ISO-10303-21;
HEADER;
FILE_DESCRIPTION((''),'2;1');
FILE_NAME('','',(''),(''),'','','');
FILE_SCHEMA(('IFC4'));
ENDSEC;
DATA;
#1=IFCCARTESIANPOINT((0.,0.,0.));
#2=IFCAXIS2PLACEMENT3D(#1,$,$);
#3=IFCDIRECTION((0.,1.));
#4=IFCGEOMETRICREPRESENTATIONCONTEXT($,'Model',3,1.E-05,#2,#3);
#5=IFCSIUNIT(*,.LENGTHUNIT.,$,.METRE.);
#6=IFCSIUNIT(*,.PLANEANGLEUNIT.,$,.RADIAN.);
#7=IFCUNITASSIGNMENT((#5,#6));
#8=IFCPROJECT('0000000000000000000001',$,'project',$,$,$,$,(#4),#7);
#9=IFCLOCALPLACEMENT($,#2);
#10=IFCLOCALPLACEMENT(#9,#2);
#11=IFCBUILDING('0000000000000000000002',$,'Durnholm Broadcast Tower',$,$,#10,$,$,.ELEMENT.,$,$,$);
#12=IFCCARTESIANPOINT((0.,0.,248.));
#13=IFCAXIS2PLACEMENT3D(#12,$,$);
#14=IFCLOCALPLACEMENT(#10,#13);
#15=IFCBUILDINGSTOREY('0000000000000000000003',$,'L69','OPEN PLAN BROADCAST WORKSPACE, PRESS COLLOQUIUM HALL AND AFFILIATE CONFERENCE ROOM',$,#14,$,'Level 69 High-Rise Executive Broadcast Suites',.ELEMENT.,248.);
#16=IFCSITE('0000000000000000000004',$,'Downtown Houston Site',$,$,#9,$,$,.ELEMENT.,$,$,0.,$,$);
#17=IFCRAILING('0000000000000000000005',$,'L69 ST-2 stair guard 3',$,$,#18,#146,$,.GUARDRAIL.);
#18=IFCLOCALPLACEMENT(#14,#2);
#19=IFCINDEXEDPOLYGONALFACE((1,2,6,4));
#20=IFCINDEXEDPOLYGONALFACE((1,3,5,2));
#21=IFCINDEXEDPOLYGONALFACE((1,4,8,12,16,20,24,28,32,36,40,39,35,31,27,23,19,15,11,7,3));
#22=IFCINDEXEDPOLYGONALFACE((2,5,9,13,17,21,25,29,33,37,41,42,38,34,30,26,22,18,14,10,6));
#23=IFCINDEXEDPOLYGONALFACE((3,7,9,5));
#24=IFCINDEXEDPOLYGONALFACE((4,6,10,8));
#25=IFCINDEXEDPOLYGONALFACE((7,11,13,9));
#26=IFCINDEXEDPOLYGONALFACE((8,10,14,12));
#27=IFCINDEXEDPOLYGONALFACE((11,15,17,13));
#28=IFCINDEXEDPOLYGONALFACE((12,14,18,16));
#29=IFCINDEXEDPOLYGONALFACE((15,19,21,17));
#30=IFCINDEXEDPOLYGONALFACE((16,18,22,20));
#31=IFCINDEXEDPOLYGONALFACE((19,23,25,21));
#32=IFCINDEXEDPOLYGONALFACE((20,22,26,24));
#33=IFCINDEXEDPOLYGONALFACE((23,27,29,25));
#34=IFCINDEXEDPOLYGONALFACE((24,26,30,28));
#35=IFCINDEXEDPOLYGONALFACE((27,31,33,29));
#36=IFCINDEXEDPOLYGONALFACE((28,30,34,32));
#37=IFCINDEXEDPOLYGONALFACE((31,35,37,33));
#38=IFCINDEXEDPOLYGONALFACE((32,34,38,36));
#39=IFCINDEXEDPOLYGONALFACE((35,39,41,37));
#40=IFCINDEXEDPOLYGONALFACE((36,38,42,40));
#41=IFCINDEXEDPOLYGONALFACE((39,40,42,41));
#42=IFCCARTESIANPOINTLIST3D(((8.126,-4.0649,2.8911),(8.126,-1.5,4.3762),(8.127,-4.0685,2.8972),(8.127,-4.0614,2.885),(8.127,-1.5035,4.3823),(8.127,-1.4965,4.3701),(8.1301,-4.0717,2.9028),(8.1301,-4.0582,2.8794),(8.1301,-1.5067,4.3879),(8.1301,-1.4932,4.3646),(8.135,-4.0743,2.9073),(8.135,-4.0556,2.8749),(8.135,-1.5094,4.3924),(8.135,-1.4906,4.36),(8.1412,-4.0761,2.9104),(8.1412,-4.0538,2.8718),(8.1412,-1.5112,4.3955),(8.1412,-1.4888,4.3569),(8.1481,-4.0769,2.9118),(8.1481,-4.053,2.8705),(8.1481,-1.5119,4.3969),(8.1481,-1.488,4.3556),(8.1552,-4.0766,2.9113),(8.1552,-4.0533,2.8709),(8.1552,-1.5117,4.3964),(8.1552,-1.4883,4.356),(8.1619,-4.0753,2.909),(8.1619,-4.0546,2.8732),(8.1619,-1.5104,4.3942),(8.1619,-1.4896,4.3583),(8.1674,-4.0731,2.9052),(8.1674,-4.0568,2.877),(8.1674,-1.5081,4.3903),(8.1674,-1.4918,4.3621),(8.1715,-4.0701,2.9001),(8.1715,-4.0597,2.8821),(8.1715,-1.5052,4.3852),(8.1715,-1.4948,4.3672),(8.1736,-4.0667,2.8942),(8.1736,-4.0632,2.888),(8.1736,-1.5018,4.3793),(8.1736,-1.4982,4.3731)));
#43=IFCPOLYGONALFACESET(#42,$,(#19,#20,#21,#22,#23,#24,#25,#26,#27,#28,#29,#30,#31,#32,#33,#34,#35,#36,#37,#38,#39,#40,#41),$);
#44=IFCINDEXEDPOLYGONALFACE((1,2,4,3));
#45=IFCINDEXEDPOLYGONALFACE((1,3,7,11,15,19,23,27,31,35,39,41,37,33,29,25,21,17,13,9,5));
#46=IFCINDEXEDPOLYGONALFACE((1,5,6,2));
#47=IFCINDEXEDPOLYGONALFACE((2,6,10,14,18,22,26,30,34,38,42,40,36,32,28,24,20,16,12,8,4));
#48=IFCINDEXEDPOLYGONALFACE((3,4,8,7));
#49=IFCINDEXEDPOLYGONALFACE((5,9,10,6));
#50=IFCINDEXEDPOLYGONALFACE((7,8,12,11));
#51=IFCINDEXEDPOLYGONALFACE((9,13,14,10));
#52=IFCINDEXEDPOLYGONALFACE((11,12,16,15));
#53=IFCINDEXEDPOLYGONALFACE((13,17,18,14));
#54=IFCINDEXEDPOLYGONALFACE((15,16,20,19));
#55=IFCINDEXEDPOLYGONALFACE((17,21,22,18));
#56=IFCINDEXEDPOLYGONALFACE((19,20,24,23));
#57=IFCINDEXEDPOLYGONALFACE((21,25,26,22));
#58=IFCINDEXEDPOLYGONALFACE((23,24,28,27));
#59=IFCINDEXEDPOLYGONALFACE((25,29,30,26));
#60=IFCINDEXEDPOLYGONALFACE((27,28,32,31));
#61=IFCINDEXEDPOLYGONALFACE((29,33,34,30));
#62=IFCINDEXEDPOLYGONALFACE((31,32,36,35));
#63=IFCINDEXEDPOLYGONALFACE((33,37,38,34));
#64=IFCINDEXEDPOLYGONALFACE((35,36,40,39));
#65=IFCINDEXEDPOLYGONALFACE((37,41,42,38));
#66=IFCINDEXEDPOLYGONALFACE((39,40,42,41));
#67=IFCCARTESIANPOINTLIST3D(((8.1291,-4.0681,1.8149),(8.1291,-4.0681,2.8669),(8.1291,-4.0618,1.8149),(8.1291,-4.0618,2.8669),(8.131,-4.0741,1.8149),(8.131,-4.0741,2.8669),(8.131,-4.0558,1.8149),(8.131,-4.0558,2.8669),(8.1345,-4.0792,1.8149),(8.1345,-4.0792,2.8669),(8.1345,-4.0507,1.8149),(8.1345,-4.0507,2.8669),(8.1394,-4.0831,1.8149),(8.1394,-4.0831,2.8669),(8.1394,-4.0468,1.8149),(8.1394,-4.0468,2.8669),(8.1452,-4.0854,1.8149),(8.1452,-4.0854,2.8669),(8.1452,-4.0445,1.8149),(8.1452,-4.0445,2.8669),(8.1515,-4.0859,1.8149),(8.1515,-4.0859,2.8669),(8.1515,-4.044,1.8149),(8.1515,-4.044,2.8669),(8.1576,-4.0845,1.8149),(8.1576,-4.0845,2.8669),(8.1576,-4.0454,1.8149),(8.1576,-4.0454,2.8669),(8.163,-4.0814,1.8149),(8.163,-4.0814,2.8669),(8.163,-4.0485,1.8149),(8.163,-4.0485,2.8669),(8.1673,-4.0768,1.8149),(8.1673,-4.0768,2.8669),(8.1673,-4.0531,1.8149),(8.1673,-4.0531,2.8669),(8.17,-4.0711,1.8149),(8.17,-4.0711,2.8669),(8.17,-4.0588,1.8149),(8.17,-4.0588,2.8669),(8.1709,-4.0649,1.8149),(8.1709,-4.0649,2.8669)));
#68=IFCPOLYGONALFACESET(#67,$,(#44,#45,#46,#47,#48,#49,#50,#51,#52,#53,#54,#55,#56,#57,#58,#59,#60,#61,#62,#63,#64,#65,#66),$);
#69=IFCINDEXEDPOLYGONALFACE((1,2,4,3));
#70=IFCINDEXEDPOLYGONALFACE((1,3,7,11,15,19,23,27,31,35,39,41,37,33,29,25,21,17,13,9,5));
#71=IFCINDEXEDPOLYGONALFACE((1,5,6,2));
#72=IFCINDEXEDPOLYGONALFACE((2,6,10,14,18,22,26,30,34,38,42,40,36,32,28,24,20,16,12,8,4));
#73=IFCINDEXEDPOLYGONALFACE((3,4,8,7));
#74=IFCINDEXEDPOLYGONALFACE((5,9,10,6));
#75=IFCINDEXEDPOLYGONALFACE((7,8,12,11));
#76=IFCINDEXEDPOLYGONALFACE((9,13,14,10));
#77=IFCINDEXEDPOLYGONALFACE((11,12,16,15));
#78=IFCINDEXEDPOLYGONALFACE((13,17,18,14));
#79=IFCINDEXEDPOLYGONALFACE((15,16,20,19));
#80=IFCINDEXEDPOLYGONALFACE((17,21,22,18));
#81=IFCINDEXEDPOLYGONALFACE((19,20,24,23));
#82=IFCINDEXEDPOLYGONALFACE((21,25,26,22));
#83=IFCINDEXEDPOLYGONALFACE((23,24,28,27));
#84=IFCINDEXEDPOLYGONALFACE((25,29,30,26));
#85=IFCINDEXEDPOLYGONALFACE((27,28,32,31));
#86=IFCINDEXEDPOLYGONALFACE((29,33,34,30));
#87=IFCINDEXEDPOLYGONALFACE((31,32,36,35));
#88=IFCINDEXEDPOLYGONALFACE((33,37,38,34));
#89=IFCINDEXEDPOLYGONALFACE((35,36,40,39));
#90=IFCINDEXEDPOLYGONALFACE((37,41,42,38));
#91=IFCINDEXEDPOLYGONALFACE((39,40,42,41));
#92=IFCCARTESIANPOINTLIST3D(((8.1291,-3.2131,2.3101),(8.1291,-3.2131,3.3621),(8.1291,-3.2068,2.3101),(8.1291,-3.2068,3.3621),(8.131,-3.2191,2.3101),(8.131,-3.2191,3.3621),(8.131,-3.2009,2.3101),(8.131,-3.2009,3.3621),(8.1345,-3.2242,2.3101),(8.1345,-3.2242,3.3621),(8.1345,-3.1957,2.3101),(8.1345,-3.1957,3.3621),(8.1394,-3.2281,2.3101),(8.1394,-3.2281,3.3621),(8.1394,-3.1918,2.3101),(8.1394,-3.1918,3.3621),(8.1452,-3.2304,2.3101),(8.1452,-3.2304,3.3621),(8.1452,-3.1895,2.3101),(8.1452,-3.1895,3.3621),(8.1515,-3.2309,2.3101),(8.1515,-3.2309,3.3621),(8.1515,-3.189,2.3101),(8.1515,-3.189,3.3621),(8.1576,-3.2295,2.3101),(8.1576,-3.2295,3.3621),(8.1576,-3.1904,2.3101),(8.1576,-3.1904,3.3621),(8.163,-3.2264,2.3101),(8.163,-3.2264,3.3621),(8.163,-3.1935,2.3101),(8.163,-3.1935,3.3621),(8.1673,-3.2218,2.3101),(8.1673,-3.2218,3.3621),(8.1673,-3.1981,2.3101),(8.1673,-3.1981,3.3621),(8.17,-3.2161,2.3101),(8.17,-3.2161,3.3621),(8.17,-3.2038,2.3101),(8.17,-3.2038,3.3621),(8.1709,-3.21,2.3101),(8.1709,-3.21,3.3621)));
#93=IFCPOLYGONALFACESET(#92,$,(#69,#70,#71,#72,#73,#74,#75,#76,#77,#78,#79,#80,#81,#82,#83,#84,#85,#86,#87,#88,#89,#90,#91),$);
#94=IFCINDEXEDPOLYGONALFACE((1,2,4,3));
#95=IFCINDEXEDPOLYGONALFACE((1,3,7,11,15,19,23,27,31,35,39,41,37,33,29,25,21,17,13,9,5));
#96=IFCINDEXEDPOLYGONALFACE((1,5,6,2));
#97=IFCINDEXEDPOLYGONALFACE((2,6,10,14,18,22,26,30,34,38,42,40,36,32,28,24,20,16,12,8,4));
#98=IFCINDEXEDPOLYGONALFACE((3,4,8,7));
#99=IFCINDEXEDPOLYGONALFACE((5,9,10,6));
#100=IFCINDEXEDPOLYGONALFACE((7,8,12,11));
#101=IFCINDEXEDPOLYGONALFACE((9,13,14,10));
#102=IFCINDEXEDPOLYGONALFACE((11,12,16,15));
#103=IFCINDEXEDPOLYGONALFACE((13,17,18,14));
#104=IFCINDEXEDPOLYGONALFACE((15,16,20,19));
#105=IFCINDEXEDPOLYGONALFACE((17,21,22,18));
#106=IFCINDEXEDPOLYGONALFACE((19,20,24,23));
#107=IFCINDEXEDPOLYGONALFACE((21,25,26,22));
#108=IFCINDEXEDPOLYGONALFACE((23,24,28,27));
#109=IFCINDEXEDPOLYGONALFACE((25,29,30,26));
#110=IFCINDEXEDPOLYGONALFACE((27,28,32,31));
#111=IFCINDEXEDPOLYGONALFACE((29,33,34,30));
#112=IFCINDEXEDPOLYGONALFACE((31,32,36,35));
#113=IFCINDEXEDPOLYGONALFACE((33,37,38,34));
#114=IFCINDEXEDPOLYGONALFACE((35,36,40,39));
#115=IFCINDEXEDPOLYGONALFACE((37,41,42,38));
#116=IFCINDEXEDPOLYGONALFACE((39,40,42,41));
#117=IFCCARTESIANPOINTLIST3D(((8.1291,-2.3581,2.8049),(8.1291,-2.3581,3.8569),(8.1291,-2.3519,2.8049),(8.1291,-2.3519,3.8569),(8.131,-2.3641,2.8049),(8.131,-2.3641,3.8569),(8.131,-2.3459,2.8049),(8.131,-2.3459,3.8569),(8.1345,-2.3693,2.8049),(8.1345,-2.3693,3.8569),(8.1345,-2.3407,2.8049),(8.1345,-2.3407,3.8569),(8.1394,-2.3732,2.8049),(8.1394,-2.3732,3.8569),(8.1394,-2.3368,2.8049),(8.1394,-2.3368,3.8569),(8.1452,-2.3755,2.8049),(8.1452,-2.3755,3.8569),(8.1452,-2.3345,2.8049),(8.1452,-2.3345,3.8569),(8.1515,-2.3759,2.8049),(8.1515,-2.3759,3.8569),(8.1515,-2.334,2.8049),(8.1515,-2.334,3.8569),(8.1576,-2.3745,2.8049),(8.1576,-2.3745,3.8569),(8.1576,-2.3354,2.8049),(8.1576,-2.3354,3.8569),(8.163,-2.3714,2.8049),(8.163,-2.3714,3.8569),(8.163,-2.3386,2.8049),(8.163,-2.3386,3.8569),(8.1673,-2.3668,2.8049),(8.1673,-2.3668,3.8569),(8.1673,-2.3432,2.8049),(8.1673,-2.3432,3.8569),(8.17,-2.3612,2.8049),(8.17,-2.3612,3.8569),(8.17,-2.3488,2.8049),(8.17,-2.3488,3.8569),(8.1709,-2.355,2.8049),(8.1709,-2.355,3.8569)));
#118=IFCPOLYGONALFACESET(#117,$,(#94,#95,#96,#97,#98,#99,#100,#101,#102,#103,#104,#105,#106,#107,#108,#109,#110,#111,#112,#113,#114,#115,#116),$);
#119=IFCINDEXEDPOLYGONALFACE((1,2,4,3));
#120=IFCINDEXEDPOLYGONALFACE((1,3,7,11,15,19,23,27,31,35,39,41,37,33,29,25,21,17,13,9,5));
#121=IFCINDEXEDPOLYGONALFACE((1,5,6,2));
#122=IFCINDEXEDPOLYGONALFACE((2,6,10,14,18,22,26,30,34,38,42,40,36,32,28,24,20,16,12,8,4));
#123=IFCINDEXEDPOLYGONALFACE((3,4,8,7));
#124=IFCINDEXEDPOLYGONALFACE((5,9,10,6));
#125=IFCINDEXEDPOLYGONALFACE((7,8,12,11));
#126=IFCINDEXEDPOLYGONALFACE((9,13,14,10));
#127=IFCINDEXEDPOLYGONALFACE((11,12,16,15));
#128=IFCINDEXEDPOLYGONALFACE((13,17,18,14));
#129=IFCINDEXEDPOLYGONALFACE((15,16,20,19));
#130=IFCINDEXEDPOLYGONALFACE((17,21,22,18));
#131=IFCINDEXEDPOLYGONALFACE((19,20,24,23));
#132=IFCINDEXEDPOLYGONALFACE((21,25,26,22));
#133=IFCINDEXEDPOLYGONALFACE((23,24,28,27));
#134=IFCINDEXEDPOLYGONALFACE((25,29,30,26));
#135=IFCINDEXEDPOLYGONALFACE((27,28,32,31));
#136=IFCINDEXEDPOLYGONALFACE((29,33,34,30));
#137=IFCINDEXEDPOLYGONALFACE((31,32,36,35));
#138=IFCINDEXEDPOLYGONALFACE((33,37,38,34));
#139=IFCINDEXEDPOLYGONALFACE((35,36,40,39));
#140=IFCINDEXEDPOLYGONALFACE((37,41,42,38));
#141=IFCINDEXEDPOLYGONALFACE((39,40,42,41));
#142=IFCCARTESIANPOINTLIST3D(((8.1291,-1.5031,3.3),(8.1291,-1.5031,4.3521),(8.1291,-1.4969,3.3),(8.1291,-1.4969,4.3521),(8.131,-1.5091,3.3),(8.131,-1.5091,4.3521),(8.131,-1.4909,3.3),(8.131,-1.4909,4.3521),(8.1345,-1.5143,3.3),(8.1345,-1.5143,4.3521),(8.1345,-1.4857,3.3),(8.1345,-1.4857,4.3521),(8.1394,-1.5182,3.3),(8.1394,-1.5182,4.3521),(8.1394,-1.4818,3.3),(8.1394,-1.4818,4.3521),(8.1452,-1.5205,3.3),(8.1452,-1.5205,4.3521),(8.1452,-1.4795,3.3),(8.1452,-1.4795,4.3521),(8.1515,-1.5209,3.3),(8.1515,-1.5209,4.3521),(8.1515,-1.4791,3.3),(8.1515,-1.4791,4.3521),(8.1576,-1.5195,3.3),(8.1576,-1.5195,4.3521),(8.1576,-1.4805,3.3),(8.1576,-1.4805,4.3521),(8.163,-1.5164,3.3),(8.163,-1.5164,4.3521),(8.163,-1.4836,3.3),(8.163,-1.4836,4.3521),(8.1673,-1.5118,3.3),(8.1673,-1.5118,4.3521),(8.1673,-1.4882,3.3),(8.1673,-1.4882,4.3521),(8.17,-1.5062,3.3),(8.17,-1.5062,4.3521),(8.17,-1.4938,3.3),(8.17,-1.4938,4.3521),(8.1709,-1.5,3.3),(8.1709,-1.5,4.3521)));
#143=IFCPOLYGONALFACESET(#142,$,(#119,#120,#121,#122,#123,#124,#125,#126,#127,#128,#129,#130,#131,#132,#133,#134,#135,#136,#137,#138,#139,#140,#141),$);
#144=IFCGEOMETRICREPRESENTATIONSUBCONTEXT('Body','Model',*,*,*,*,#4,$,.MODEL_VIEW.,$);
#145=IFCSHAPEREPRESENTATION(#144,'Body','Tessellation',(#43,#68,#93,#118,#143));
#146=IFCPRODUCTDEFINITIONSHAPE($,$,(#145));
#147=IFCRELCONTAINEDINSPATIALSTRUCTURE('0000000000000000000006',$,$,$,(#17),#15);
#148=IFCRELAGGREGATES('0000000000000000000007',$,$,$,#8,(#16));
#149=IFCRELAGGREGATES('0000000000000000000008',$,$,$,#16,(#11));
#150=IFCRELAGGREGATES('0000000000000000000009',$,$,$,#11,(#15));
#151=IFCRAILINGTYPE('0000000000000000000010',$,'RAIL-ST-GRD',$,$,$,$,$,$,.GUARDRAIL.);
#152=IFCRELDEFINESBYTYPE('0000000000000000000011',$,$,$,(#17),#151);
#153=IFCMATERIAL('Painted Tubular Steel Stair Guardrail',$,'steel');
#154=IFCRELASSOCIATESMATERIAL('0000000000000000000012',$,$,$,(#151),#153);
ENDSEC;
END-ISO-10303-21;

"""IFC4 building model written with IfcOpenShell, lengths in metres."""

from ifc_helpers import new_model, si_unit, direction, frame, origin, origin_2d, place, context, subcontext, project, spatial, circle, extrude, material, type_object, element, save


model = new_model("IFC4")

# Units and contexts
model_context = context("Model", 3, precision=1e-05, world=origin(), true_north=direction((0.0, 1.0)))
body_context = subcontext(model_context, "Body", "Model", "MODEL_VIEW")
ifc_project = project(units=[si_unit("LENGTHUNIT", "METRE"), si_unit("PLANEANGLEUNIT", "RADIAN")], contexts=[model_context])

# Site, building, storey
site_placement = place(None, origin())
site = spatial("IfcSite", under=ifc_project, at=site_placement, Name="Downtown Houston Site", CompositionType="ELEMENT", RefElevation=0.0)
building_placement = place(site_placement, origin())
building = spatial("IfcBuilding", under=site, at=building_placement, Name="Durnholm Broadcast Tower", CompositionType="ELEMENT")
storey_placement = place(building_placement, frame((0.0, 0.0, 248.0)))
storey = spatial("IfcBuildingStorey", under=building, at=storey_placement, Name="L69", Description="OPEN PLAN BROADCAST WORKSPACE, PRESS COLLOQUIUM HALL AND AFFILIATE CONFERENCE ROOM", LongName="Level 69 High-Rise Executive Broadcast Suites", CompositionType="ELEMENT", Elevation=248.0)

# Railing
ifc_material_1 = material(Name="Painted Tubular Steel Stair Guardrail", Category="steel")
railing_type_1 = type_object("IfcRailingType", Name="RAIL-ST-GRD", PredefinedType="GUARDRAIL", material=ifc_material_1)
railing_1_placement = place(storey_placement, frame((8.1499, -4.0649, 1.8149)))
element("IfcRailing", 1, at=railing_1_placement, inside=storey, type_object=railing_type_1, Name="L69 ST-2 stair guard 3", PredefinedType="GUARDRAIL", context=body_context, shape_type="SweptSolid", body=[
    extrude(circle(Radius=0.0239, at=origin_2d()), frame((0.0, 0.0, 1.0762), z_axis=(0.0, 0.865406, 0.501072), x_axis=(-1.0, 0.0, 0.0)), (0.0, 0.0, 1.0), 2.9639),
    extrude(circle(Radius=0.021, at=origin_2d()), origin(), (0.0, 0.0, 1.0), 1.052),
    extrude(circle(Radius=0.021, at=origin_2d()), frame((0.0, 0.855, 0.4951)), (0.0, 0.0, 1.0), 1.052),
    extrude(circle(Radius=0.021, at=origin_2d()), frame((0.0, 1.71, 0.99)), (0.0, 0.0, 1.0), 1.052),
    extrude(circle(Radius=0.021, at=origin_2d()), frame((0.0, 2.5649, 1.4851)), (0.0, 0.0, 1.0), 1.052),
])

save(model, "model.ifc")
